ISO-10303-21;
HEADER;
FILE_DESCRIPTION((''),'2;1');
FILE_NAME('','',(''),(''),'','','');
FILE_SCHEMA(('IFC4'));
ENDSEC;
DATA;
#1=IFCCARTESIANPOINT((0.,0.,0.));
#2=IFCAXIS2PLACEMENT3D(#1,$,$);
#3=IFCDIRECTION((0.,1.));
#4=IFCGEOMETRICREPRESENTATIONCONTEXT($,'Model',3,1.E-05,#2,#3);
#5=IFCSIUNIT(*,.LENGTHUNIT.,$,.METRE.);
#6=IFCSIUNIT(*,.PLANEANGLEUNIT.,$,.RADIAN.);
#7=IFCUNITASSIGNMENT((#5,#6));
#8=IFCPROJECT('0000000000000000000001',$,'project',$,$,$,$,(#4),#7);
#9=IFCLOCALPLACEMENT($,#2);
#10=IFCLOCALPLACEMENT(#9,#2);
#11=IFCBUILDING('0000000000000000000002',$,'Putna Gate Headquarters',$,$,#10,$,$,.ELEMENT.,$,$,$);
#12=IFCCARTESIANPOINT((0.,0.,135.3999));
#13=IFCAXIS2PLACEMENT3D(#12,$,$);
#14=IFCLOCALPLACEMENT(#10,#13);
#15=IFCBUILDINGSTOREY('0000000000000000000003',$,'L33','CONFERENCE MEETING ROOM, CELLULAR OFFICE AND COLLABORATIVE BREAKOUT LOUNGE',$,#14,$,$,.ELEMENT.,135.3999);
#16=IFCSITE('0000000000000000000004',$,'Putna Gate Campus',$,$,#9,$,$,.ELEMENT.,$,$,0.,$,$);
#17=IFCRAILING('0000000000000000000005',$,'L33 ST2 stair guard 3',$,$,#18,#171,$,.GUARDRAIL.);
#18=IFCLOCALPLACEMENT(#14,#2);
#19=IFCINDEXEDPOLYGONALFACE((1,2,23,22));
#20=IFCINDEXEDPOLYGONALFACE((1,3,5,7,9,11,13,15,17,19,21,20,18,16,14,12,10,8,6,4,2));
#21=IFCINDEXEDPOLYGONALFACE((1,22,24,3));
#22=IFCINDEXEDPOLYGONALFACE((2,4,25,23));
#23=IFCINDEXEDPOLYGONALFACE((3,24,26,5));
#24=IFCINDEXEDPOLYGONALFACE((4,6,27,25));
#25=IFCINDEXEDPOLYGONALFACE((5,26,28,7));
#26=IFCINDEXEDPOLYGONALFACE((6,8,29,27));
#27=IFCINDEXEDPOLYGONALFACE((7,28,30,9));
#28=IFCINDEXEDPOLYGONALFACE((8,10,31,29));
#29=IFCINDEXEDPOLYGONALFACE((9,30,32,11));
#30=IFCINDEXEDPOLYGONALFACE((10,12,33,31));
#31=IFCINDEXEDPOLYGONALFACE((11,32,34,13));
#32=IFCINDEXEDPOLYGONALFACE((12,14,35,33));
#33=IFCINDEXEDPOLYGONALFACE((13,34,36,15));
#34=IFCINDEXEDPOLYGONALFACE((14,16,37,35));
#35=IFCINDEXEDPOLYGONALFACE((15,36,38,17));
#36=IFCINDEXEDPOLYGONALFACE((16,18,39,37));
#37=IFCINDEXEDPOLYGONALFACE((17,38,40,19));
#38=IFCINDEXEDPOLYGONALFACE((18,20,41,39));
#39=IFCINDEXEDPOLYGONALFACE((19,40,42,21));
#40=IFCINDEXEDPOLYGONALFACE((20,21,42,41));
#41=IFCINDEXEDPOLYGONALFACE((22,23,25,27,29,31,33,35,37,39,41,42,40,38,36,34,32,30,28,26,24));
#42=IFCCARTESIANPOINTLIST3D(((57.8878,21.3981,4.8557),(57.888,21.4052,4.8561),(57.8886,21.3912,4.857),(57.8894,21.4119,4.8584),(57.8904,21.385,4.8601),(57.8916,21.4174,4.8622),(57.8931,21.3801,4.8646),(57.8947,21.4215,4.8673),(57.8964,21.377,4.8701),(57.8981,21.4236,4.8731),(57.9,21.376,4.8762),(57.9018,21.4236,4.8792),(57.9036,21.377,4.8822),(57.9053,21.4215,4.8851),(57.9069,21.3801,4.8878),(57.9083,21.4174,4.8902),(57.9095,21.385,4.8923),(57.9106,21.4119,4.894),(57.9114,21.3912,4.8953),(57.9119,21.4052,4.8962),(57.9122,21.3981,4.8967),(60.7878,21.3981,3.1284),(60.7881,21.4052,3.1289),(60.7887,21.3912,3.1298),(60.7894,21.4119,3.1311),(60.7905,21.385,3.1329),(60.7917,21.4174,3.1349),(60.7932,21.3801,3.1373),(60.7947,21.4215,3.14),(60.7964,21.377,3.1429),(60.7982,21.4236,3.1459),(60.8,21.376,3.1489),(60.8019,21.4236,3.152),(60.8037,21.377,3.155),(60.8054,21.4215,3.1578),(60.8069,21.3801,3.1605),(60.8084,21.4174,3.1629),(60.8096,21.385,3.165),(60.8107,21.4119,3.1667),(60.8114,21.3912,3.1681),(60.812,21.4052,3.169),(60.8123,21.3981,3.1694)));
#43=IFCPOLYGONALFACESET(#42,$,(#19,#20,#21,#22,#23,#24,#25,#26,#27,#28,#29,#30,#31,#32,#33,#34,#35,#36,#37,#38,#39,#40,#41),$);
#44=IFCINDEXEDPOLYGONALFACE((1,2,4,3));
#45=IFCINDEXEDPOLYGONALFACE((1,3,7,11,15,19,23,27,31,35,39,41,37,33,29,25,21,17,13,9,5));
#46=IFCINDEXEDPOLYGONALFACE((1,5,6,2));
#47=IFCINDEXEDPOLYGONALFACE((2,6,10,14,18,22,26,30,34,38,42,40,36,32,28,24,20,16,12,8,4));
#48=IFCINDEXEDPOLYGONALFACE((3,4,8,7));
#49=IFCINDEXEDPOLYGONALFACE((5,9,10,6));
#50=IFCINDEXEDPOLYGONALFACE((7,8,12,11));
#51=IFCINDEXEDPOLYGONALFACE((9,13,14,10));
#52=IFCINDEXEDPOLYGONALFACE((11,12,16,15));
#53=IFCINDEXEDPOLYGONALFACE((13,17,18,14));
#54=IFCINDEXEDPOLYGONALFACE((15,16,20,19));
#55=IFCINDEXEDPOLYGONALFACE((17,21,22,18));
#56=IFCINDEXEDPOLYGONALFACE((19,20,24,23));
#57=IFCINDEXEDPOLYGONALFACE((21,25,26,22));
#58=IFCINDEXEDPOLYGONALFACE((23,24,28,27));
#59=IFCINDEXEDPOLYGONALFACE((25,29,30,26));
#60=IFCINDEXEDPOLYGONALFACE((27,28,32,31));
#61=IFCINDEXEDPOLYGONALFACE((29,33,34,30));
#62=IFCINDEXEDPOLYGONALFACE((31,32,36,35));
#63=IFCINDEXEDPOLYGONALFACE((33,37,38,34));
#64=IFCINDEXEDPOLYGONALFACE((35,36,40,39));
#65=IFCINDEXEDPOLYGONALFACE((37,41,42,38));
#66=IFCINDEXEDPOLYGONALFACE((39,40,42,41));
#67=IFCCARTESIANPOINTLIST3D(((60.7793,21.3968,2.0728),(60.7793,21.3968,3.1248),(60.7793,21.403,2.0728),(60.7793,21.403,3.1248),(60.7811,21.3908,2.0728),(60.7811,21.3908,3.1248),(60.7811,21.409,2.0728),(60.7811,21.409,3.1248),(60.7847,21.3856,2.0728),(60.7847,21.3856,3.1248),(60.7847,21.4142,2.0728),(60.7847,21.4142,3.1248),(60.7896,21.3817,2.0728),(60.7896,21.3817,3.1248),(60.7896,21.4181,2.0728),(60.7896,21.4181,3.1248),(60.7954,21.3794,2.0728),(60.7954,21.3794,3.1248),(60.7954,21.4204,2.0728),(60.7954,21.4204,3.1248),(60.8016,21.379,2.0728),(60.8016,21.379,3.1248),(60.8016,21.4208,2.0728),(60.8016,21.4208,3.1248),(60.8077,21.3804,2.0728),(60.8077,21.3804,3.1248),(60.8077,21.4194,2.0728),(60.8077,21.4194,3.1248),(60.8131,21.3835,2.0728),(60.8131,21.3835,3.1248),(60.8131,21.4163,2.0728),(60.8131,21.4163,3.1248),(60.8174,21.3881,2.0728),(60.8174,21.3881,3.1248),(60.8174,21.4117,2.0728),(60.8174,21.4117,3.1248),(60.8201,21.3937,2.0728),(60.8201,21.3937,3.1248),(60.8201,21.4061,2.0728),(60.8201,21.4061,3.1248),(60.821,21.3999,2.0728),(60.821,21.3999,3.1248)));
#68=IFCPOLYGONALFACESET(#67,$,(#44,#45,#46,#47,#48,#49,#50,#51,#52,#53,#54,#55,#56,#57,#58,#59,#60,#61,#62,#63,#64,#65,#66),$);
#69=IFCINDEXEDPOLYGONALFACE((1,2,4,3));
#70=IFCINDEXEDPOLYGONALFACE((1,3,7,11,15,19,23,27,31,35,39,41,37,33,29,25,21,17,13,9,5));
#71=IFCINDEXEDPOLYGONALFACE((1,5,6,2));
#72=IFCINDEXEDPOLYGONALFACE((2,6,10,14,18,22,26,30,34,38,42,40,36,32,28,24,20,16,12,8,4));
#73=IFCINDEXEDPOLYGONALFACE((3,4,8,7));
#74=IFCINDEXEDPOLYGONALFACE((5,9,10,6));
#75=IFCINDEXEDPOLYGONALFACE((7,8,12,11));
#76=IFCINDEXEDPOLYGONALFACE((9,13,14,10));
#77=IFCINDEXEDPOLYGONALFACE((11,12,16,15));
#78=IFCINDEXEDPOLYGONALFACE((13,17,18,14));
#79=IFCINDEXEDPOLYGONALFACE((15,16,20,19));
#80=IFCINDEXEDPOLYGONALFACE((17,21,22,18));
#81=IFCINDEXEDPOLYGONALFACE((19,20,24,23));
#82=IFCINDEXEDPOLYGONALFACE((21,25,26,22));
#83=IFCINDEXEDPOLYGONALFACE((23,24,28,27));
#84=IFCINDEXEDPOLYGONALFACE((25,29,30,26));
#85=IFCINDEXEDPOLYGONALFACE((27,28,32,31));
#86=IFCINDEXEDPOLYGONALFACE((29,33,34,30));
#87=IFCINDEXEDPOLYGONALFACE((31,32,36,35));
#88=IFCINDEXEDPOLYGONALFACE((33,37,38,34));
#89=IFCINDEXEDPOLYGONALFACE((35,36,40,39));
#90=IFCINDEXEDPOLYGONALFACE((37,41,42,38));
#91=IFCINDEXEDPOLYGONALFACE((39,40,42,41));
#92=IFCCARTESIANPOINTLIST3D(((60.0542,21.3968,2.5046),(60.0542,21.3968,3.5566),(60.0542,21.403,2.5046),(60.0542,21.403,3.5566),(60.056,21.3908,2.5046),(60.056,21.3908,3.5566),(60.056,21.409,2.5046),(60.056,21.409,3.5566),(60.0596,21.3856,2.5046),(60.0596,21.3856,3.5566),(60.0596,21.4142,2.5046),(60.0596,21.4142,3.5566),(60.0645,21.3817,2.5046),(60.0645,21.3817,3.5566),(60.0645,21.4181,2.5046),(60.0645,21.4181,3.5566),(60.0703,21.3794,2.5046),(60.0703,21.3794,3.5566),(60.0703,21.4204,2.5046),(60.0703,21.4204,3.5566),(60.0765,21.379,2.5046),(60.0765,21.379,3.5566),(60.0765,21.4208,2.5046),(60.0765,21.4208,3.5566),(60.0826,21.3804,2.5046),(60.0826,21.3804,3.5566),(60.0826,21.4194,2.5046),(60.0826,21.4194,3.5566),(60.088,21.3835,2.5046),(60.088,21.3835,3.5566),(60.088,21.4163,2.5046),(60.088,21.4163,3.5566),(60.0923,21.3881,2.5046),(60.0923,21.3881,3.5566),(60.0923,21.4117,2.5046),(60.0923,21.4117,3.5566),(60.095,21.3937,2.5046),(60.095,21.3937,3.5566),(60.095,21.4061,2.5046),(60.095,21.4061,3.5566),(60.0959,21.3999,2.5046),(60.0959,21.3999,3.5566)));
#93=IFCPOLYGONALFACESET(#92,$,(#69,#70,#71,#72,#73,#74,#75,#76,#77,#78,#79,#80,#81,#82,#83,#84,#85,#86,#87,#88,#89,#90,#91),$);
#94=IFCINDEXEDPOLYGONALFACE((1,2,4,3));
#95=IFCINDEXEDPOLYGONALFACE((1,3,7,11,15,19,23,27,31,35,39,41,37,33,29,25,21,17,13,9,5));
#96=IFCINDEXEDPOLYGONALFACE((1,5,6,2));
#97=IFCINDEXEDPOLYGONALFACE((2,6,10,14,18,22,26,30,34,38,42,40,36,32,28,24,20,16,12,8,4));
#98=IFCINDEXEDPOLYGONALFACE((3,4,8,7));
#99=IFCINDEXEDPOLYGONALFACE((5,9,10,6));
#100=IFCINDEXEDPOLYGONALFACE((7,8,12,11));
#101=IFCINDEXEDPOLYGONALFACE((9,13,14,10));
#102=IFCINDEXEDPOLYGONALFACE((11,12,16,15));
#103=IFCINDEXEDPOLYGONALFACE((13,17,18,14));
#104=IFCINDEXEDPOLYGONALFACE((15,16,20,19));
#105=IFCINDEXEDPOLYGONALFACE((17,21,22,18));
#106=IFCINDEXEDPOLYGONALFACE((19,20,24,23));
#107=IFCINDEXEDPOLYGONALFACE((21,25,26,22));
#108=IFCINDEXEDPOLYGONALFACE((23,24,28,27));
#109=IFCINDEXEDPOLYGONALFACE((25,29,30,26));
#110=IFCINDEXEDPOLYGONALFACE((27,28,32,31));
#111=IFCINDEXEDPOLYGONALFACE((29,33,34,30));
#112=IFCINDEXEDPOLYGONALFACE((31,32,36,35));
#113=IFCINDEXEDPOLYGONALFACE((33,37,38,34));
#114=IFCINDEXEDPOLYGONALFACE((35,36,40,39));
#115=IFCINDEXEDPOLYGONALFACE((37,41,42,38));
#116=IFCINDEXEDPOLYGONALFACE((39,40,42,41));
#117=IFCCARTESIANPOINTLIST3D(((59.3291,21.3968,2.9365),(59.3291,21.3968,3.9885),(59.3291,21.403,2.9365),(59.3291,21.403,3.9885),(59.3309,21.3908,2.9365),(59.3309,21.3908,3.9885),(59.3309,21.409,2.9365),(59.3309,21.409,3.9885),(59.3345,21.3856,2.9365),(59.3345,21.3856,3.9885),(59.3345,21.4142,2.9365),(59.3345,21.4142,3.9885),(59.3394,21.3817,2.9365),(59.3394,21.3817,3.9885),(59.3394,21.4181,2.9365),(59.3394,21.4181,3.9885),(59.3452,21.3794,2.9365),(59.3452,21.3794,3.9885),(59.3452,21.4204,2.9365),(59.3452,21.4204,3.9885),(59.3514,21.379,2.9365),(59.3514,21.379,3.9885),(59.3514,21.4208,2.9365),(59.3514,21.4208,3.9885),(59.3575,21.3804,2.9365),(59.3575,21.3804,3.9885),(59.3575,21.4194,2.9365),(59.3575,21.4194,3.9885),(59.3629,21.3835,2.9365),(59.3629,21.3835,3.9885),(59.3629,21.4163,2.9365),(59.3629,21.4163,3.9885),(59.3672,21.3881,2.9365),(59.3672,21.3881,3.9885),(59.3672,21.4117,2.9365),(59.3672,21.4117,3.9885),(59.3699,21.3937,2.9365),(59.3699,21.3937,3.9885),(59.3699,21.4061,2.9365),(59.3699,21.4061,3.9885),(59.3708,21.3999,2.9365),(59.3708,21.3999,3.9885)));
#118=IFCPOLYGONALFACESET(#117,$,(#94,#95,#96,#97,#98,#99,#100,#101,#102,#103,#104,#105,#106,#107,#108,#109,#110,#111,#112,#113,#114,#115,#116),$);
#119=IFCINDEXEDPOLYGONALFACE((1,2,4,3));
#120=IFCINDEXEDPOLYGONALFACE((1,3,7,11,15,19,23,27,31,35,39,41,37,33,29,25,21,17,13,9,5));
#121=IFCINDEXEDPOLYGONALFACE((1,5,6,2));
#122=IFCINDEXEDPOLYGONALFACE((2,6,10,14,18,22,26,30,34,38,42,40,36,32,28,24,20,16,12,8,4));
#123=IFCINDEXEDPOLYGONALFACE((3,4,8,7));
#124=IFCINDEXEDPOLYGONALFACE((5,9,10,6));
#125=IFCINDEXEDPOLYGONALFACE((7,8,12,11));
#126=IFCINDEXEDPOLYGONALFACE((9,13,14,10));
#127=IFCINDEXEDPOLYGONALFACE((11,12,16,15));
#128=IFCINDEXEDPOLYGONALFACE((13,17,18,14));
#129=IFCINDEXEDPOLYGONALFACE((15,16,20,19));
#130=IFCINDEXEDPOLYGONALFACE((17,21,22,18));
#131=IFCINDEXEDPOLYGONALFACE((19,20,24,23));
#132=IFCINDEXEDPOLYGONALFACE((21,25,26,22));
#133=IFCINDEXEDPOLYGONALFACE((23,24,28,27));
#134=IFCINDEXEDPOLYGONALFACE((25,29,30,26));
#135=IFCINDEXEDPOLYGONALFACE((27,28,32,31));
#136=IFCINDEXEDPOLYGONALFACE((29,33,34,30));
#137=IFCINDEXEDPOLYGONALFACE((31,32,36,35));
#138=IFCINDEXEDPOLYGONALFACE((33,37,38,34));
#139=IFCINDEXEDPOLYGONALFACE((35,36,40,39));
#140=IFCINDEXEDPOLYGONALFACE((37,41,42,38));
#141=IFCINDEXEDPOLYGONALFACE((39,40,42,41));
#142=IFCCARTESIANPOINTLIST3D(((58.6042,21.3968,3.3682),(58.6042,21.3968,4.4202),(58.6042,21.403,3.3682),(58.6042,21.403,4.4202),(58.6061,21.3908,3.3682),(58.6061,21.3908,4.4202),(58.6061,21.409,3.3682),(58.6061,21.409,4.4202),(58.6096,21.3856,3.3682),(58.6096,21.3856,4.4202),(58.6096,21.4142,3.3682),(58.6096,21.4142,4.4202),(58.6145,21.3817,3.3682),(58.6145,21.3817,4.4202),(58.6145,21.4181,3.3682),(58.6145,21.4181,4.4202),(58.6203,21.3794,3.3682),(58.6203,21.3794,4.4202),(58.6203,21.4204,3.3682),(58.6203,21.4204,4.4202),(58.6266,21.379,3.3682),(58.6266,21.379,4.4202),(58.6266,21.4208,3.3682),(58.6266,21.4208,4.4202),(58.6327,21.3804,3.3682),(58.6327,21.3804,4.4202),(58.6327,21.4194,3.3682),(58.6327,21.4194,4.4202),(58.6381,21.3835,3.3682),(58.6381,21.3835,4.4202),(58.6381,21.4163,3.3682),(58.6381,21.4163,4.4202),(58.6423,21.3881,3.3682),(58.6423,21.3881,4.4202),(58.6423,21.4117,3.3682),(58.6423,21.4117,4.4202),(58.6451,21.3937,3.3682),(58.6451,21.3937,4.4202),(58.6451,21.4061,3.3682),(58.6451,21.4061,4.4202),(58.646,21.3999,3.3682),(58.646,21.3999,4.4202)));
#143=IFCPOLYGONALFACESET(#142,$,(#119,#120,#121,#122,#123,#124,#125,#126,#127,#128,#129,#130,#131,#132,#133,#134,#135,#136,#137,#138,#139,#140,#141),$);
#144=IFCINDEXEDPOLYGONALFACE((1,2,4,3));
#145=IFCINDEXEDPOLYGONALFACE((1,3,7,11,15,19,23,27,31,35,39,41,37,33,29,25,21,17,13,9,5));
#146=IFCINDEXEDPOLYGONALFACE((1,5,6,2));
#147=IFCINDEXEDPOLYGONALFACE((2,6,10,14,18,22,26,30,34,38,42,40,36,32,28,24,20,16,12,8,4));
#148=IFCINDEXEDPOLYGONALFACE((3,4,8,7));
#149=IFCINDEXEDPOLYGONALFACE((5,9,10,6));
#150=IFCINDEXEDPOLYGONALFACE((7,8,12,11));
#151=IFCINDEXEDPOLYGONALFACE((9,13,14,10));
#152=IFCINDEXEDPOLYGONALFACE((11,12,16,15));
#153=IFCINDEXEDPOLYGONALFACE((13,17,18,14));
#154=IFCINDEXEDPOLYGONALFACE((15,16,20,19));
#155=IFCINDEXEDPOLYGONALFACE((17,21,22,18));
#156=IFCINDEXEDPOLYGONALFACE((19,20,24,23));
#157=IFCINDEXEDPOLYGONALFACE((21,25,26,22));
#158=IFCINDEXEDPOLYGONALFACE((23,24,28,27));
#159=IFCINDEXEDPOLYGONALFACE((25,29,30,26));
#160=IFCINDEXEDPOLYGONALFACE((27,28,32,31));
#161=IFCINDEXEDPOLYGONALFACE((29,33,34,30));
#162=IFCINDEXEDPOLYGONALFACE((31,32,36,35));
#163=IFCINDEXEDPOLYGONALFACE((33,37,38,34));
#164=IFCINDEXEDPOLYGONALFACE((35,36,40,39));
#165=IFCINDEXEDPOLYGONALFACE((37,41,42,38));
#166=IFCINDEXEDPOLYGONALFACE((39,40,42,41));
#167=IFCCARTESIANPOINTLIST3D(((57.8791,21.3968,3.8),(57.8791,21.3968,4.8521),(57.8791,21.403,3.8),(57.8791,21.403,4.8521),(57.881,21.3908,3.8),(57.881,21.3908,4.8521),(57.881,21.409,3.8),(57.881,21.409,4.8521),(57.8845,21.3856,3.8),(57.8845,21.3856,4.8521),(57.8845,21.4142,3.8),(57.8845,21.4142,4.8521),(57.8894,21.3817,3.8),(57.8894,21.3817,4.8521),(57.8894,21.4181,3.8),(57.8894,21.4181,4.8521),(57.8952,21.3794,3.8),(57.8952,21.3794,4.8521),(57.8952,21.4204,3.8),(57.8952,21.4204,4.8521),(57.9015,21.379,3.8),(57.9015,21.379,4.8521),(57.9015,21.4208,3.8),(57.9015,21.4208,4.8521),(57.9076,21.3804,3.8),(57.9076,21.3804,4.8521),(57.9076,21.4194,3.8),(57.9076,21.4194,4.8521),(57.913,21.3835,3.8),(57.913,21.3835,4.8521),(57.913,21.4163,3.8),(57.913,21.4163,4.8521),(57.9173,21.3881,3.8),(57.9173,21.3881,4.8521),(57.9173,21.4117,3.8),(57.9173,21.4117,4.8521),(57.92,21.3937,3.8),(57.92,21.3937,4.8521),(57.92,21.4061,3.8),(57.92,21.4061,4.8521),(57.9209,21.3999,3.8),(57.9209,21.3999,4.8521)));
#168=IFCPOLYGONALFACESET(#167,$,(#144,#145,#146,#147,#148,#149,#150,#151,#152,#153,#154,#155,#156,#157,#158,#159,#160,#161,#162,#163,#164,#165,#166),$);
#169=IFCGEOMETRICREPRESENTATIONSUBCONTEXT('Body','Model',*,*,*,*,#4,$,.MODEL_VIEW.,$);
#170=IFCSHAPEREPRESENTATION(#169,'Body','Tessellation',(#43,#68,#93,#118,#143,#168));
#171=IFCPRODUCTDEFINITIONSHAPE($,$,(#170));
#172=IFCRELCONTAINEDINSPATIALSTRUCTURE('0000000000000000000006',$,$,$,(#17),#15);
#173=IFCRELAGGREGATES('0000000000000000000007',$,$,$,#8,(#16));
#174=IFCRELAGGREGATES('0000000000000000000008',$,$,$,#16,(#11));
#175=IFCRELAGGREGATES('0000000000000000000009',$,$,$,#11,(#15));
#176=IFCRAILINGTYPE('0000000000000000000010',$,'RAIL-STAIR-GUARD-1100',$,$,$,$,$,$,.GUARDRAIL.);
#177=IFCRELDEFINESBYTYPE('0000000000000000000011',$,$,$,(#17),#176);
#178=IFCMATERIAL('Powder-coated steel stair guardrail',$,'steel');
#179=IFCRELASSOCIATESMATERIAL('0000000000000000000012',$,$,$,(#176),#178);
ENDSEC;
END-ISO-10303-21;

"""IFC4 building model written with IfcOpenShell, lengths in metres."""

from ifc_helpers import new_model, si_unit, direction, frame, origin, origin_2d, place, context, subcontext, project, spatial, circle, extrude, material, type_object, element, save


model = new_model("IFC4")

# Units and contexts
model_context = context("Model", 3, precision=1e-05, world=origin(), true_north=direction((0.0, 1.0)))
body_context = subcontext(model_context, "Body", "Model", "MODEL_VIEW")
ifc_project = project(units=[si_unit("LENGTHUNIT", "METRE"), si_unit("PLANEANGLEUNIT", "RADIAN")], contexts=[model_context])

# Site, building, storey
site_placement = place(None, origin())
site = spatial("IfcSite", under=ifc_project, at=site_placement, Name="Putna Gate Campus", CompositionType="ELEMENT", RefElevation=0.0)
building_placement = place(site_placement, origin())
building = spatial("IfcBuilding", under=site, at=building_placement, Name="Putna Gate Headquarters", CompositionType="ELEMENT")
storey_placement = place(building_placement, frame((0.0, 0.0, 135.3999)))
storey = spatial("IfcBuildingStorey", under=building, at=storey_placement, Name="L33", Description="CONFERENCE MEETING ROOM, CELLULAR OFFICE AND COLLABORATIVE BREAKOUT LOUNGE", CompositionType="ELEMENT", Elevation=135.3999)

# Railing
ifc_material_1 = material(Name="Powder-coated steel stair guardrail", Category="steel")
railing_type_1 = type_object("IfcRailingType", Name="RAIL-STAIR-GUARD-1100", PredefinedType="GUARDRAIL", material=ifc_material_1)
railing_1_placement = place(storey_placement, frame((60.8, 21.3999, 2.0728)))
element("IfcRailing", 1, at=railing_1_placement, inside=storey, type_object=railing_type_1, Name="L33 ST2 stair guard 3", PredefinedType="GUARDRAIL", context=body_context, shape_type="SweptSolid", body=[
    extrude(circle(Radius=0.0239, at=origin_2d()), frame((0.0, 0.0, 1.0762), z_axis=(-0.85916, 0.0, 0.511706), x_axis=(0.0, -1.0, 0.0)), (0.0, 0.0, 1.0), 3.3755),
    extrude(circle(Radius=0.021, at=origin_2d()), origin(), (0.0, 0.0, 1.0), 1.052),
    extrude(circle(Radius=0.021, at=origin_2d()), frame((-0.7251, 0.0, 0.4319)), (0.0, 0.0, 1.0), 1.052),
    extrude(circle(Radius=0.021, at=origin_2d()), frame((-1.4502, 0.0, 0.8638)), (0.0, 0.0, 1.0), 1.052),
    extrude(circle(Radius=0.021, at=origin_2d()), frame((-2.175, 0.0, 1.2954)), (0.0, 0.0, 1.0), 1.052),
    extrude(circle(Radius=0.021, at=origin_2d()), frame((-2.9001, 0.0, 1.7273)), (0.0, 0.0, 1.0), 1.052),
])

save(model, "model.ifc")
